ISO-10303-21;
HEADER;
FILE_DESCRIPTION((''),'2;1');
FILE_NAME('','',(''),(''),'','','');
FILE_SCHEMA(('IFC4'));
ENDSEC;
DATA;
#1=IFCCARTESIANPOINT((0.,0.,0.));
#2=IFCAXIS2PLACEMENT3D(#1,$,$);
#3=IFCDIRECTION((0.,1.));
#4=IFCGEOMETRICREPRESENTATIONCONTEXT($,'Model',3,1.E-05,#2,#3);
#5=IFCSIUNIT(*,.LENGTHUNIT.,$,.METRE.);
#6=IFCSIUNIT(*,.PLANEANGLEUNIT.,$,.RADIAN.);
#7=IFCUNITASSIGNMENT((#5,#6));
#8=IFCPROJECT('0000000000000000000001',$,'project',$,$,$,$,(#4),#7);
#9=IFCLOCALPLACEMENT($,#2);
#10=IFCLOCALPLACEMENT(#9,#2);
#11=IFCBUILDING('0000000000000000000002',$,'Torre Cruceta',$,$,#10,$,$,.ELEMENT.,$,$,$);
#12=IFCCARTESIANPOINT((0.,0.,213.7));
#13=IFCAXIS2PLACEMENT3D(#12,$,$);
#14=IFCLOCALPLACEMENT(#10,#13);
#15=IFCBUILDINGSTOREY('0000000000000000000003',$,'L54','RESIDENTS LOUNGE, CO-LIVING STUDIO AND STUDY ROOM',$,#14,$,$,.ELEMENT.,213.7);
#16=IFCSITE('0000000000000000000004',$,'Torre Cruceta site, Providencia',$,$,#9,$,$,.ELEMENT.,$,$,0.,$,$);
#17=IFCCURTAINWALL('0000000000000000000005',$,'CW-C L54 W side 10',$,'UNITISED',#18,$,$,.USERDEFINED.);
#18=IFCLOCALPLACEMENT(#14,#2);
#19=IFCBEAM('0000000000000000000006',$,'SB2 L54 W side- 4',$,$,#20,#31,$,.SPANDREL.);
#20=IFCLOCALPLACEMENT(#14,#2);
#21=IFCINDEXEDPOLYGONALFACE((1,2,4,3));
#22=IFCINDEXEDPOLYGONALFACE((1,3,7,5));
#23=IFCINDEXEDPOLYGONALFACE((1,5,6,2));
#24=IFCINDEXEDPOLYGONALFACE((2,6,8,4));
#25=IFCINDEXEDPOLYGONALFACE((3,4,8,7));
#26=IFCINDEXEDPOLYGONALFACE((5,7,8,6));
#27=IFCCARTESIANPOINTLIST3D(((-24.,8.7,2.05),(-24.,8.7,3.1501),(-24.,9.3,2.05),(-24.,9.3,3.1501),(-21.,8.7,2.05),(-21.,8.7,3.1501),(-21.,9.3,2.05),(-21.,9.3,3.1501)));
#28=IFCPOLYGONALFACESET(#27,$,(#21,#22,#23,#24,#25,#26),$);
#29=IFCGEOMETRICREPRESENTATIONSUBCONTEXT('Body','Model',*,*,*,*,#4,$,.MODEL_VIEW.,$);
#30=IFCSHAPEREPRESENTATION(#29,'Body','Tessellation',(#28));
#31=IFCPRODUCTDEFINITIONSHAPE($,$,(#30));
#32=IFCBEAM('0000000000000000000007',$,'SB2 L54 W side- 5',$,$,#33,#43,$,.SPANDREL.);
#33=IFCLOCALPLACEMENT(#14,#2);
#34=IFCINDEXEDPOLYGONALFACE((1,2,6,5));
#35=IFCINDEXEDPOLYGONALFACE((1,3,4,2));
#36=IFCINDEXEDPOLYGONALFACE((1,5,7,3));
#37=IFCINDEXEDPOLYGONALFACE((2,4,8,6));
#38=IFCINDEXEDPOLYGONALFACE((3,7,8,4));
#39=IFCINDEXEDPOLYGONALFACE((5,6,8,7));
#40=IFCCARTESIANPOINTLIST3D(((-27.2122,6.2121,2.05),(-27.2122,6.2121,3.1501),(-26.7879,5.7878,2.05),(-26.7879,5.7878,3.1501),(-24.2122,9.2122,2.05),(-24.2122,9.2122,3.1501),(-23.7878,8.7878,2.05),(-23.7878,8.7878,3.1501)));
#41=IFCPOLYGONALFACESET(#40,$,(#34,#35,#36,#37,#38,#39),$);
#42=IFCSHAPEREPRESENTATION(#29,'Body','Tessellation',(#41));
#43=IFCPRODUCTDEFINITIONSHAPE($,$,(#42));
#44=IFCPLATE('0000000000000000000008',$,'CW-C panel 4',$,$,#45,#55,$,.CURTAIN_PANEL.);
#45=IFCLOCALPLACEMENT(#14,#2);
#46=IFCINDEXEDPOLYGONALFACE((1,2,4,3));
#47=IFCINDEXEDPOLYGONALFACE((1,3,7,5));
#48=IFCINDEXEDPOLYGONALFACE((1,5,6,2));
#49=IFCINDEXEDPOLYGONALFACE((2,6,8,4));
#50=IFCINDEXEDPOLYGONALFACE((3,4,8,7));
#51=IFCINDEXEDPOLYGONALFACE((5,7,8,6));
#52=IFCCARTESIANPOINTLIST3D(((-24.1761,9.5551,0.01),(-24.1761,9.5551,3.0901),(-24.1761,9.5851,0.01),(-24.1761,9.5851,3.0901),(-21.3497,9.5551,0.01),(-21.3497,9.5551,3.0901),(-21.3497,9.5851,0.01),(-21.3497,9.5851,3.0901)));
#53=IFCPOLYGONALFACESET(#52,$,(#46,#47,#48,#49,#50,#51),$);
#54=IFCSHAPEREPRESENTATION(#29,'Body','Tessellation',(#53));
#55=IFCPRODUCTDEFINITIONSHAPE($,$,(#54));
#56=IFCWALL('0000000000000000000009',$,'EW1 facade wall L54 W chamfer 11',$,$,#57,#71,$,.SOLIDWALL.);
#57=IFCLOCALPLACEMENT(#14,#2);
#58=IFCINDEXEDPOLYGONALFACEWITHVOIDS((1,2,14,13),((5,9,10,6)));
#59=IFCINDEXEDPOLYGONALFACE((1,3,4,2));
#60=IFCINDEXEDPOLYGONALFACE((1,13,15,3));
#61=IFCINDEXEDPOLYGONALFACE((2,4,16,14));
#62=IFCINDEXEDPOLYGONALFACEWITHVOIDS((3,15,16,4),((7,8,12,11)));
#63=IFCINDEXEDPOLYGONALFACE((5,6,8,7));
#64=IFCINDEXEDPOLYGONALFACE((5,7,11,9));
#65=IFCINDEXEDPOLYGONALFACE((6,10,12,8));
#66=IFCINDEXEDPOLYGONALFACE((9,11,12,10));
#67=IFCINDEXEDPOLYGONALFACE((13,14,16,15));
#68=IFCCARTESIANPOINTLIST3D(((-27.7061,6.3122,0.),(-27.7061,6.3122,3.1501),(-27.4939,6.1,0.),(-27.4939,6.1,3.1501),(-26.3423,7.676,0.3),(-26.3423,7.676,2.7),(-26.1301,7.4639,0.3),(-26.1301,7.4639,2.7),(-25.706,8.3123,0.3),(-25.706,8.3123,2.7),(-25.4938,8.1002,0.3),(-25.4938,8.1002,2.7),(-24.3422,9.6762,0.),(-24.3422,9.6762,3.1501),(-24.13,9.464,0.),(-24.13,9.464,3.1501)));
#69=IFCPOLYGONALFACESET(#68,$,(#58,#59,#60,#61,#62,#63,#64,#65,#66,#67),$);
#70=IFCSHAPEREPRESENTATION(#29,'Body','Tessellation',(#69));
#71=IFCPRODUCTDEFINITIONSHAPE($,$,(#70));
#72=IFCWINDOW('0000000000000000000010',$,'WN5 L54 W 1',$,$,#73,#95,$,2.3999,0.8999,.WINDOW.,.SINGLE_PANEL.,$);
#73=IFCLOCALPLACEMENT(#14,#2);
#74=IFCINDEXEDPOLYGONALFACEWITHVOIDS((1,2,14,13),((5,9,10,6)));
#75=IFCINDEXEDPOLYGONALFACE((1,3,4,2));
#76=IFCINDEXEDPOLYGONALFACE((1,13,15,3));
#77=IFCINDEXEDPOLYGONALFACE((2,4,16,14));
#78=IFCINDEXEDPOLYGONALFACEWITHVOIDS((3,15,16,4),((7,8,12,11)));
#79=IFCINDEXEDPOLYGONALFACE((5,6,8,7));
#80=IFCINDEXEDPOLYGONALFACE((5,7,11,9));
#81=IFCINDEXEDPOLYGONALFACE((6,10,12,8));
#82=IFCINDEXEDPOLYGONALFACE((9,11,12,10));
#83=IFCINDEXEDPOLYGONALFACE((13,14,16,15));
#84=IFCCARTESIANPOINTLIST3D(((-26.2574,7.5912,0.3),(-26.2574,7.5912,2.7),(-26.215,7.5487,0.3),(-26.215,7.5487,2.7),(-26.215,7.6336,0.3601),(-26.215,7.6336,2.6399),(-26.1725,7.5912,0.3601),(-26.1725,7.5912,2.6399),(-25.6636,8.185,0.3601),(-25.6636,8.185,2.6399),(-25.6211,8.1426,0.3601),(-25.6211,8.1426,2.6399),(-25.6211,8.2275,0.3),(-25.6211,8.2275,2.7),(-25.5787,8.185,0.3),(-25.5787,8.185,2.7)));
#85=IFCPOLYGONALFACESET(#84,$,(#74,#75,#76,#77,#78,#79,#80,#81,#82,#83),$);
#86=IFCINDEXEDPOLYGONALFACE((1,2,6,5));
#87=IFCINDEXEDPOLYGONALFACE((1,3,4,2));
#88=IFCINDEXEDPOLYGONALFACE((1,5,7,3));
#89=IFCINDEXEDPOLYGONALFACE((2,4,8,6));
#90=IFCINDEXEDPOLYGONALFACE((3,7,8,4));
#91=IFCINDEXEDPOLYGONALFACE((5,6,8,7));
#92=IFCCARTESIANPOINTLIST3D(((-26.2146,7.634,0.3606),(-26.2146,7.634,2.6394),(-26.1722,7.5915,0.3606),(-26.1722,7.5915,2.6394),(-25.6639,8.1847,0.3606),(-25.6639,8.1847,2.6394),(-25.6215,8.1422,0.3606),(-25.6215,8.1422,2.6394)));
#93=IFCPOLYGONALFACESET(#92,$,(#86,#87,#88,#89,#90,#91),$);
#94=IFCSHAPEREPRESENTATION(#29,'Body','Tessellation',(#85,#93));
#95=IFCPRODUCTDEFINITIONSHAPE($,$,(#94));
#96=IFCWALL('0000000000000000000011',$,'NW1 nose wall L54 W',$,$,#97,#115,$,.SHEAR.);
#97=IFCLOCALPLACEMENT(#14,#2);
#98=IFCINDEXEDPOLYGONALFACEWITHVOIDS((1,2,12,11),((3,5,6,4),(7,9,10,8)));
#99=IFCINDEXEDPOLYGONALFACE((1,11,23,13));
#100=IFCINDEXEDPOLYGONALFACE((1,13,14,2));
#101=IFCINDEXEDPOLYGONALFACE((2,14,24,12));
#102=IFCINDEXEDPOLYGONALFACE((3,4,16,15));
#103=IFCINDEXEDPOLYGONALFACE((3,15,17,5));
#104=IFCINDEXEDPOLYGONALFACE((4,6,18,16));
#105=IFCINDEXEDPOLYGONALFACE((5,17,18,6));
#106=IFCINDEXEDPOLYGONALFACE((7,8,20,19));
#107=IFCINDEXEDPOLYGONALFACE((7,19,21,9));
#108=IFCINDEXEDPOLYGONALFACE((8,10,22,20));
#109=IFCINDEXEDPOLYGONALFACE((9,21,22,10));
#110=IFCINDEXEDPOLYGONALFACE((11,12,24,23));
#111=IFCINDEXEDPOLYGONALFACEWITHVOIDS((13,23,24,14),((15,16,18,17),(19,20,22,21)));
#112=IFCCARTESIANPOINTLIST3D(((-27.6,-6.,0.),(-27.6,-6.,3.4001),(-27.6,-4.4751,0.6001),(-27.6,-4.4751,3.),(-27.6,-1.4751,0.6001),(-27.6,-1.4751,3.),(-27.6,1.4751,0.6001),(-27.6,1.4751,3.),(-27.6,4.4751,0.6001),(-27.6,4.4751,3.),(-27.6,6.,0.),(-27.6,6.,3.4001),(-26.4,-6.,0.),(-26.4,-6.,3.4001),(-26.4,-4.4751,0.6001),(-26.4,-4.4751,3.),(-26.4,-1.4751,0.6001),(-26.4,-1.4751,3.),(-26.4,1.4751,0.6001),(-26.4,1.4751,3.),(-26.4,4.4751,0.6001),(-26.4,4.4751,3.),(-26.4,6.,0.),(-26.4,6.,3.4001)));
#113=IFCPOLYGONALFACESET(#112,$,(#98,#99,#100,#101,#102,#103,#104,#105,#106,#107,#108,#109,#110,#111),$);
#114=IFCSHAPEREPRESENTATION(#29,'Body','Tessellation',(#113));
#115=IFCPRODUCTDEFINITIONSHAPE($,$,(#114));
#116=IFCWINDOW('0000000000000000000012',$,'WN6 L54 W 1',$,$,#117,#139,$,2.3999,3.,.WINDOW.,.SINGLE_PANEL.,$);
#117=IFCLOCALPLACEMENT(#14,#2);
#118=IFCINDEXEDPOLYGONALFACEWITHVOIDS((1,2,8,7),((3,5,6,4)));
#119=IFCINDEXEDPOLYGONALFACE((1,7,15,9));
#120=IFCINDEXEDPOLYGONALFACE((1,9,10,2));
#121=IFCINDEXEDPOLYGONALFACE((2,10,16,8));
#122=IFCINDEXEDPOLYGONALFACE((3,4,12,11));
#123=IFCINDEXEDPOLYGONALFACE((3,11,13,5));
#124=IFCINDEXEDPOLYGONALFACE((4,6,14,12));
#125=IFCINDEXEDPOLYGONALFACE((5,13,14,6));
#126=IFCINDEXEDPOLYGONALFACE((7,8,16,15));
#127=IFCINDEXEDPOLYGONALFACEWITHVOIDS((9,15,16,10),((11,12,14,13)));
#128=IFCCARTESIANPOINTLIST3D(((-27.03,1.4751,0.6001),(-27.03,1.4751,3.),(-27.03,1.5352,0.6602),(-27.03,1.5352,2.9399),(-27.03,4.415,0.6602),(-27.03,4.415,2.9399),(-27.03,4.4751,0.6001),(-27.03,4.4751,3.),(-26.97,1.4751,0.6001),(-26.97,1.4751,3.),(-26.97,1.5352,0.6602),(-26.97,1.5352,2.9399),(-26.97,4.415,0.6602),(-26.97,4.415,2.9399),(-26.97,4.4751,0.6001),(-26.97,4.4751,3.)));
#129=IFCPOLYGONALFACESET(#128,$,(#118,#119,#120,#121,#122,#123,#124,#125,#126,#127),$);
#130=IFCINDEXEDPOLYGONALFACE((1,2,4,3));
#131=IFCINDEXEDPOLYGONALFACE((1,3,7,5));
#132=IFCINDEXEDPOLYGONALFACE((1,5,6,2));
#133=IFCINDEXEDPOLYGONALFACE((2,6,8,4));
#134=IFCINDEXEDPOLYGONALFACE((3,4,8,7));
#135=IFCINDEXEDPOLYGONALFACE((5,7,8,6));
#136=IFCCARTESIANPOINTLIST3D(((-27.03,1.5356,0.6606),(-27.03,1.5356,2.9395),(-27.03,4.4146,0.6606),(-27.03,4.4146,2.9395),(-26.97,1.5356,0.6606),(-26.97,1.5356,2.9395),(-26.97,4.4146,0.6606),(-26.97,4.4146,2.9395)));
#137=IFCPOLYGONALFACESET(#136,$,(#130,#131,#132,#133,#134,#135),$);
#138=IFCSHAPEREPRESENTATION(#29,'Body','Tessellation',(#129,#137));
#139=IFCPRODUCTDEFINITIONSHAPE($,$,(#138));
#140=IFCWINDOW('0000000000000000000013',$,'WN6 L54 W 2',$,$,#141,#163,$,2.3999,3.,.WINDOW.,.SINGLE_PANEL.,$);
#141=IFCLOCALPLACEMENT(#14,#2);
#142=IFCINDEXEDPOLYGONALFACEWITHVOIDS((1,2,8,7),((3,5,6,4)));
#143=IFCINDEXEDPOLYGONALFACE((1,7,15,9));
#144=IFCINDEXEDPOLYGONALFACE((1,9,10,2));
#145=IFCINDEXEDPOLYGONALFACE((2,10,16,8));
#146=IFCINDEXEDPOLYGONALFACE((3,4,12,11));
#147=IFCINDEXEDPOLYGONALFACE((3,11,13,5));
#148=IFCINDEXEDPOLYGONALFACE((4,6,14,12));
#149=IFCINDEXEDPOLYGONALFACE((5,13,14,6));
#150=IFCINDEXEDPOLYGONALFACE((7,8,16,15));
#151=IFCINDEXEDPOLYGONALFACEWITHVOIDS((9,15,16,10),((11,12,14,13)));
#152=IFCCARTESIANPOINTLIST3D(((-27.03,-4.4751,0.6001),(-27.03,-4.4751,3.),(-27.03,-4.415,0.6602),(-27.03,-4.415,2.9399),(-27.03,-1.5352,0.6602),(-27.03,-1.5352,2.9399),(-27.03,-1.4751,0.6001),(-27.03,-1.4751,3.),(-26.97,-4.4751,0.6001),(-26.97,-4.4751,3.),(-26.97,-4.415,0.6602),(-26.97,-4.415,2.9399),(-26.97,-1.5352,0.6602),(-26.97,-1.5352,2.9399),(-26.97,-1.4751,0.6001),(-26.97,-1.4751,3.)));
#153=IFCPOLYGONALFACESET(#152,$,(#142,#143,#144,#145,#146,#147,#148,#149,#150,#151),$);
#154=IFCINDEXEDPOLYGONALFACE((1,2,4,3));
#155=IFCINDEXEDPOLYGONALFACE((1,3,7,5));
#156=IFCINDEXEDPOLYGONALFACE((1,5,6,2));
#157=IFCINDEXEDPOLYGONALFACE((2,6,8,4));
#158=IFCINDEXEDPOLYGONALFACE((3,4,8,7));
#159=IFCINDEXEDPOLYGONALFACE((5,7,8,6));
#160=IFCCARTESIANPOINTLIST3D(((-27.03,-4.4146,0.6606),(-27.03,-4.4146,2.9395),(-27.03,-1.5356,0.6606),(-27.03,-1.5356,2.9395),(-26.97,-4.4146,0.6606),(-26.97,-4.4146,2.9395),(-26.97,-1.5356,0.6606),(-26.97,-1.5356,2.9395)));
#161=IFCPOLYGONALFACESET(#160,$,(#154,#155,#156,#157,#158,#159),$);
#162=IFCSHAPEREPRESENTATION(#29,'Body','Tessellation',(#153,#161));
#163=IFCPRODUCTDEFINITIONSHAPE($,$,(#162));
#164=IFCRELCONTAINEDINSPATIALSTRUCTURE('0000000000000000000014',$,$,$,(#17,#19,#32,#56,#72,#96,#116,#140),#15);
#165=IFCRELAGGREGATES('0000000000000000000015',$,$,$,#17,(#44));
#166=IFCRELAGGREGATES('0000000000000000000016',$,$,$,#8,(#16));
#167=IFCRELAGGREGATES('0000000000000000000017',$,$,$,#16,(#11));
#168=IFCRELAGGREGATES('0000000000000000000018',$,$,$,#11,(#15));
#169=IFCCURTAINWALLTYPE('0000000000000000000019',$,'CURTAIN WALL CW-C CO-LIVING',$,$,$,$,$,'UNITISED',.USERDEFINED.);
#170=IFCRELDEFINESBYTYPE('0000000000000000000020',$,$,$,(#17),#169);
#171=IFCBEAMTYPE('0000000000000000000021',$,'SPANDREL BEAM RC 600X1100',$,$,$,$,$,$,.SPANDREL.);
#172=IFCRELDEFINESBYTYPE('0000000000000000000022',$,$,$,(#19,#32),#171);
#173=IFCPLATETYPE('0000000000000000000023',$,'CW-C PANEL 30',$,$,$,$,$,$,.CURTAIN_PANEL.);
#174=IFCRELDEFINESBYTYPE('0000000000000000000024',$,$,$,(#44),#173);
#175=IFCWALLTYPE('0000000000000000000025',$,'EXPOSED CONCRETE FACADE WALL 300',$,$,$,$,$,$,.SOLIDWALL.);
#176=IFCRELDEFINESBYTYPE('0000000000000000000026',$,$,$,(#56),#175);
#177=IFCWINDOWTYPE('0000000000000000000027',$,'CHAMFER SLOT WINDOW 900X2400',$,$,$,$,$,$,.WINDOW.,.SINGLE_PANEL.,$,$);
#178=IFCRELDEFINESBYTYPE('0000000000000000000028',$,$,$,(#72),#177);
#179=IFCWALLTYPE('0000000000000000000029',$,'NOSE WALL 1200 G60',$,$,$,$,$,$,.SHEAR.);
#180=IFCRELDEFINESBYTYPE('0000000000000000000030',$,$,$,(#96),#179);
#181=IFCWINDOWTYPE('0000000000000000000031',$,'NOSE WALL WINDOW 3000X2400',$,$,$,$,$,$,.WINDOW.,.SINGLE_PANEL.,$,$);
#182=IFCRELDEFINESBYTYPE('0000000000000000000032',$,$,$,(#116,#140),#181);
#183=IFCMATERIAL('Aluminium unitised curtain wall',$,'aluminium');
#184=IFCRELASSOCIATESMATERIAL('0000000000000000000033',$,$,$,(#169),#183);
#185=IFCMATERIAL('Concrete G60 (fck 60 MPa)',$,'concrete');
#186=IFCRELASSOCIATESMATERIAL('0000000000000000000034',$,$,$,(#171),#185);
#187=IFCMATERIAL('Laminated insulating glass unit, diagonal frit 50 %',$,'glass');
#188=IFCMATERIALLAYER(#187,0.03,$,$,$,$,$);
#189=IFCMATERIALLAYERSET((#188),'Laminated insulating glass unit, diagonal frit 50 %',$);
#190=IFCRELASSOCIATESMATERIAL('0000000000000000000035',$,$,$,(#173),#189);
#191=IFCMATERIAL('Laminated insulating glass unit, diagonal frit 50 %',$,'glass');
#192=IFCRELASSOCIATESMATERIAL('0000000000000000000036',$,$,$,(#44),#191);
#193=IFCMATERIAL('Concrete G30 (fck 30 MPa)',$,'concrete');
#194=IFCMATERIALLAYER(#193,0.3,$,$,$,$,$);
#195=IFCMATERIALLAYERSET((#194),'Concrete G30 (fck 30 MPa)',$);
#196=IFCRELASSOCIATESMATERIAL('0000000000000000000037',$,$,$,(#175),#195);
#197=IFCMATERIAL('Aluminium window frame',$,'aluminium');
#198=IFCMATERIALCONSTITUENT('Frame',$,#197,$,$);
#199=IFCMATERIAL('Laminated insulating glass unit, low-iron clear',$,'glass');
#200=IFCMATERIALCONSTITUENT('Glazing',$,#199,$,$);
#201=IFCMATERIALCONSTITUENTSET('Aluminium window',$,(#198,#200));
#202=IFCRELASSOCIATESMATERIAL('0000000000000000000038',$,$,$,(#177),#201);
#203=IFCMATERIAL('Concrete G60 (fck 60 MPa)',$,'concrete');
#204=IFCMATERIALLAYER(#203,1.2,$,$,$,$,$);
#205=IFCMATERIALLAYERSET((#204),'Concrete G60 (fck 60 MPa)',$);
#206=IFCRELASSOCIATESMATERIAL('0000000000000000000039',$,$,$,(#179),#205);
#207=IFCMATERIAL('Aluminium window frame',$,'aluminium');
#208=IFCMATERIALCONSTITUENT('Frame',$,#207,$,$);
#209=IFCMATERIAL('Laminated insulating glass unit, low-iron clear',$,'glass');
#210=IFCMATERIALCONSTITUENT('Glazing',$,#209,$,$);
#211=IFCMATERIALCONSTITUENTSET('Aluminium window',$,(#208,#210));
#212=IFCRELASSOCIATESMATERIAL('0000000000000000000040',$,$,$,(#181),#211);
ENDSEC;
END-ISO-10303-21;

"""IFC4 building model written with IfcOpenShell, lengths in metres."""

from ifc_helpers import new_model, si_unit, direction, frame, frame_2d, origin, origin_2d, place, context, subcontext, project, spatial, rectangle, hollow_rectangle, extrude, material, layer, layer_set, constituent, constituent_set, material_profile, profile_set, type_object, element, fill, aggregate, save


model = new_model("IFC4")

# Units and contexts
model_context = context("Model", 3, precision=1e-05, world=origin(), true_north=direction((0.0, 1.0)))
body_context = subcontext(model_context, "Body", "Model", "MODEL_VIEW")
ifc_project = project(units=[si_unit("LENGTHUNIT", "METRE"), si_unit("PLANEANGLEUNIT", "RADIAN")], contexts=[model_context])

# Site, building, storey
site_placement = place(None, origin())
site = spatial("IfcSite", under=ifc_project, at=site_placement, Name="Torre Cruceta site, Providencia", CompositionType="ELEMENT", RefElevation=0.0)
building_placement = place(site_placement, origin())
building = spatial("IfcBuilding", under=site, at=building_placement, Name="Torre Cruceta", CompositionType="ELEMENT")
storey_placement = place(building_placement, frame((0.0, 0.0, 213.7)))
storey = spatial("IfcBuildingStorey", under=building, at=storey_placement, Name="L54", Description="RESIDENTS LOUNGE, CO-LIVING STUDIO AND STUDY ROOM", CompositionType="ELEMENT", Elevation=213.7)

# Curtain wall
ifc_material_1 = material(Name="Aluminium unitised curtain wall", Category="aluminium")
curtain_wall_type = type_object("IfcCurtainWallType", Name="CURTAIN WALL CW-C CO-LIVING", ElementType="UNITISED", PredefinedType="USERDEFINED", material=ifc_material_1)
curtain_wall_placement = place(storey_placement, origin())
curtain_wall = element("IfcCurtainWall", 1, at=curtain_wall_placement, inside=storey, type_object=curtain_wall_type, Name="CW-C L54 W side 10", ObjectType="UNITISED", PredefinedType="USERDEFINED")

# Beams
ifc_material_2 = material(Name="Concrete G60 (fck 60 MPa)", Category="concrete")
ifc_material_profile_1 = material_profile(ifc_material_2, rectangle(XDim=0.6001, YDim=1.1001, at=origin_2d()), Name="RC 600X1100")
ifc_profile_set_1 = profile_set([ifc_material_profile_1], Name="Concrete G60 (fck 60 MPa)")
beam_type_1 = type_object("IfcBeamType", Name="SPANDREL BEAM RC 600X1100", PredefinedType="SPANDREL", material=ifc_profile_set_1)
beam_1_placement = place(storey_placement, frame((-21.0, 9.0, 2.6001), z_axis=(-1.0, 0.0, 0.0), x_axis=(0.0, -1.0, 0.0)))
element("IfcBeam", 2, at=beam_1_placement, inside=storey, type_object=beam_type_1, Name="SB2 L54 W side- 4", PredefinedType="SPANDREL", context=body_context, shape_type="SweptSolid", body=[
    extrude(rectangle(XDim=0.6001, YDim=1.1001, at=origin_2d()), origin(), (0.0, 0.0, 1.0), 3.0),
])
beam_2_placement = place(storey_placement, frame((-24.0, 9.0, 2.6001), z_axis=(-0.707107, -0.707107, 0.0), x_axis=(0.707107, -0.707107, 0.0)))
element("IfcBeam", 3, at=beam_2_placement, inside=storey, type_object=beam_type_1, Name="SB2 L54 W side- 5", PredefinedType="SPANDREL", context=body_context, shape_type="SweptSolid", body=[
    extrude(rectangle(XDim=0.6001, YDim=1.1001, at=origin_2d()), origin(), (0.0, 0.0, 1.0), 4.2427),
])

# Plate
ifc_material_3 = material(Name="Laminated insulating glass unit, diagonal frit 50 %", Category="glass")
ifc_material_4 = material(Name="Laminated insulating glass unit, diagonal frit 50 %", Category="glass")
ifc_layer_1 = layer(ifc_material_4, 0.03)
ifc_layer_set_1 = layer_set([ifc_layer_1], Name="Laminated insulating glass unit, diagonal frit 50 %")
plate_type = type_object("IfcPlateType", Name="CW-C PANEL 30", PredefinedType="CURTAIN_PANEL", material=ifc_layer_set_1)
plate_placement = place(storey_placement, frame((-22.7629, 9.5701, 0.01), z_axis=(0.0, 0.0, 1.0), x_axis=(-1.0, 0.0, 0.0)))
plate = element("IfcPlate", 4, at=plate_placement, type_object=plate_type, material=ifc_material_3, Name="CW-C panel 4", PredefinedType="CURTAIN_PANEL", context=body_context, shape_type="SweptSolid", body=[
    extrude(rectangle(XDim=2.8264, YDim=0.03, at=origin_2d()), origin(), (0.0, 0.0, 1.0), 3.0801),
])
aggregate(curtain_wall, [plate])

# Wall, opening, window
ifc_material_5 = material(Name="Concrete G30 (fck 30 MPa)", Category="concrete")
ifc_layer_2 = layer(ifc_material_5, 0.3)
ifc_layer_set_2 = layer_set([ifc_layer_2], Name="Concrete G30 (fck 30 MPa)")
wall_type_1 = type_object("IfcWallType", Name="EXPOSED CONCRETE FACADE WALL 300", PredefinedType="SOLIDWALL", material=ifc_layer_set_2)
wall_1_placement = place(storey_placement, frame((-24.2361, 9.5701, 0.0), z_axis=(0.0, 0.0, 1.0), x_axis=(-0.707107, -0.707107, 0.0)))
wall_1 = element("IfcWall", 5, at=wall_1_placement, inside=storey, type_object=wall_type_1, Name="EW1 facade wall L54 W chamfer 11", PredefinedType="SOLIDWALL", context=body_context, shape_type="SweptSolid", body=[
    extrude(rectangle(XDim=4.7573, YDim=0.3, at=frame_2d((2.3787, 0.0))), origin(), (0.0, 0.0, 1.0), 3.1501),
])
opening_1_placement = place(wall_1_placement, frame((1.9287, 0.0, 0.3)))
opening_1 = element("IfcOpeningElement", 6, at=opening_1_placement, cuts=wall_1, PredefinedType="OPENING", context=body_context, shape_type="SweptSolid", body=[
    extrude(rectangle(XDim=0.8999, YDim=2.3999, at=frame_2d((0.45, 1.2))), frame((0.0, 0.1599, 0.0), z_axis=(0.0, -1.0, 0.0), x_axis=(1.0, 0.0, 0.0)), (0.0, 0.0, 1.0), 0.3201),
])
ifc_material_6 = material(Name="Aluminium window frame", Category="aluminium")
ifc_constituent_1 = constituent(ifc_material_6, Name="Frame")
ifc_material_7 = material(Name="Laminated insulating glass unit, low-iron clear", Category="glass")
ifc_constituent_2 = constituent(ifc_material_7, Name="Glazing")
ifc_constituent_set_1 = constituent_set(constituents=[ifc_constituent_1, ifc_constituent_2], Name="Aluminium window")
window_type_1 = type_object("IfcWindowType", Name="CHAMFER SLOT WINDOW 900X2400", PartitioningType="SINGLE_PANEL", PredefinedType="WINDOW", material=ifc_constituent_set_1)
window_1_placement = place(opening_1_placement, origin())
window_1 = element("IfcWindow", 7, at=window_1_placement, inside=storey, type_object=window_type_1, Name="WN5 L54 W 1", OverallHeight=2.3999, OverallWidth=0.8999, PartitioningType="SINGLE_PANEL", PredefinedType="WINDOW", context=body_context, shape_type="SweptSolid", body=[
    extrude(hollow_rectangle(XDim=0.8999, YDim=2.3999, WallThickness=0.0601, at=frame_2d((0.45, 1.2))), frame((0.0, 0.03, 0.0), z_axis=(0.0, -1.0, 0.0), x_axis=(1.0, 0.0, 0.0)), (0.0, 0.0, 1.0), 0.0601),
    extrude(rectangle(XDim=0.7788, YDim=2.2788, at=frame_2d((0.45, 1.2))), frame((0.0, 0.03, 0.0), z_axis=(0.0, -1.0, 0.0), x_axis=(1.0, 0.0, 0.0)), (0.0, 0.0, 1.0), 0.0601),
])
fill(opening_1, window_1)

# Wall, openings, windows
ifc_material_8 = material(Name="Concrete G60 (fck 60 MPa)", Category="concrete")
ifc_layer_3 = layer(ifc_material_8, 1.2)
ifc_layer_set_3 = layer_set([ifc_layer_3], Name="Concrete G60 (fck 60 MPa)")
wall_type_2 = type_object("IfcWallType", Name="NOSE WALL 1200 G60", PredefinedType="SHEAR", material=ifc_layer_set_3)
wall_2_placement = place(storey_placement, frame((-27.0, 6.0, 0.0), z_axis=(0.0, 0.0, 1.0), x_axis=(0.0, -1.0, 0.0)))
wall_2 = element("IfcWall", 8, at=wall_2_placement, inside=storey, type_object=wall_type_2, Name="NW1 nose wall L54 W", PredefinedType="SHEAR", context=body_context, shape_type="SweptSolid", body=[
    extrude(rectangle(XDim=12.0, YDim=1.2, at=frame_2d((6.0, 0.0))), origin(), (0.0, 0.0, 1.0), 3.4001),
])
opening_2_placement = place(wall_2_placement, frame((1.5249, 0.0, 0.6001)))
opening_2 = element("IfcOpeningElement", 9, at=opening_2_placement, cuts=wall_2, PredefinedType="OPENING", context=body_context, shape_type="SweptSolid", body=[
    extrude(rectangle(XDim=3.0, YDim=2.3999, at=frame_2d((1.5, 1.2))), frame((0.0, 0.6099, 0.0), z_axis=(0.0, -1.0, 0.0), x_axis=(1.0, 0.0, 0.0)), (0.0, 0.0, 1.0), 1.22),
])
opening_3_placement = place(wall_2_placement, frame((7.4751, 0.0, 0.6001)))
opening_3 = element("IfcOpeningElement", 10, at=opening_3_placement, cuts=wall_2, PredefinedType="OPENING", context=body_context, shape_type="SweptSolid", body=[
    extrude(rectangle(XDim=3.0, YDim=2.3999, at=frame_2d((1.5, 1.2))), frame((0.0, 0.6099, 0.0), z_axis=(0.0, -1.0, 0.0), x_axis=(1.0, 0.0, 0.0)), (0.0, 0.0, 1.0), 1.22),
])
ifc_material_9 = material(Name="Aluminium window frame", Category="aluminium")
ifc_constituent_3 = constituent(ifc_material_9, Name="Frame")
ifc_material_10 = material(Name="Laminated insulating glass unit, low-iron clear", Category="glass")
ifc_constituent_4 = constituent(ifc_material_10, Name="Glazing")
ifc_constituent_set_2 = constituent_set(constituents=[ifc_constituent_3, ifc_constituent_4], Name="Aluminium window")
window_type_2 = type_object("IfcWindowType", Name="NOSE WALL WINDOW 3000X2400", PartitioningType="SINGLE_PANEL", PredefinedType="WINDOW", material=ifc_constituent_set_2)
window_2_placement = place(opening_2_placement, origin())
window_2 = element("IfcWindow", 11, at=window_2_placement, inside=storey, type_object=window_type_2, Name="WN6 L54 W 1", OverallHeight=2.3999, OverallWidth=3.0, PartitioningType="SINGLE_PANEL", PredefinedType="WINDOW", context=body_context, shape_type="SweptSolid", body=[
    extrude(hollow_rectangle(XDim=3.0, YDim=2.3999, WallThickness=0.0601, at=frame_2d((1.5, 1.2))), frame((0.0, 0.03, 0.0), z_axis=(0.0, -1.0, 0.0), x_axis=(1.0, 0.0, 0.0)), (0.0, 0.0, 1.0), 0.0601),
    extrude(rectangle(XDim=2.8789, YDim=2.2788, at=frame_2d((1.5, 1.2))), frame((0.0, 0.03, 0.0), z_axis=(0.0, -1.0, 0.0), x_axis=(1.0, 0.0, 0.0)), (0.0, 0.0, 1.0), 0.0601),
])
fill(opening_2, window_2)
window_3_placement = place(opening_3_placement, origin())
window_3 = element("IfcWindow", 12, at=window_3_placement, inside=storey, type_object=window_type_2, Name="WN6 L54 W 2", OverallHeight=2.3999, OverallWidth=3.0, PartitioningType="SINGLE_PANEL", PredefinedType="WINDOW", context=body_context, shape_type="SweptSolid", body=[
    extrude(hollow_rectangle(XDim=3.0, YDim=2.3999, WallThickness=0.0601, at=frame_2d((1.5, 1.2))), frame((0.0, 0.03, 0.0), z_axis=(0.0, -1.0, 0.0), x_axis=(1.0, 0.0, 0.0)), (0.0, 0.0, 1.0), 0.0601),
    extrude(rectangle(XDim=2.8789, YDim=2.2788, at=frame_2d((1.5, 1.2))), frame((0.0, 0.03, 0.0), z_axis=(0.0, -1.0, 0.0), x_axis=(1.0, 0.0, 0.0)), (0.0, 0.0, 1.0), 0.0601),
])
fill(opening_3, window_3)

save(model, "model.ifc")
